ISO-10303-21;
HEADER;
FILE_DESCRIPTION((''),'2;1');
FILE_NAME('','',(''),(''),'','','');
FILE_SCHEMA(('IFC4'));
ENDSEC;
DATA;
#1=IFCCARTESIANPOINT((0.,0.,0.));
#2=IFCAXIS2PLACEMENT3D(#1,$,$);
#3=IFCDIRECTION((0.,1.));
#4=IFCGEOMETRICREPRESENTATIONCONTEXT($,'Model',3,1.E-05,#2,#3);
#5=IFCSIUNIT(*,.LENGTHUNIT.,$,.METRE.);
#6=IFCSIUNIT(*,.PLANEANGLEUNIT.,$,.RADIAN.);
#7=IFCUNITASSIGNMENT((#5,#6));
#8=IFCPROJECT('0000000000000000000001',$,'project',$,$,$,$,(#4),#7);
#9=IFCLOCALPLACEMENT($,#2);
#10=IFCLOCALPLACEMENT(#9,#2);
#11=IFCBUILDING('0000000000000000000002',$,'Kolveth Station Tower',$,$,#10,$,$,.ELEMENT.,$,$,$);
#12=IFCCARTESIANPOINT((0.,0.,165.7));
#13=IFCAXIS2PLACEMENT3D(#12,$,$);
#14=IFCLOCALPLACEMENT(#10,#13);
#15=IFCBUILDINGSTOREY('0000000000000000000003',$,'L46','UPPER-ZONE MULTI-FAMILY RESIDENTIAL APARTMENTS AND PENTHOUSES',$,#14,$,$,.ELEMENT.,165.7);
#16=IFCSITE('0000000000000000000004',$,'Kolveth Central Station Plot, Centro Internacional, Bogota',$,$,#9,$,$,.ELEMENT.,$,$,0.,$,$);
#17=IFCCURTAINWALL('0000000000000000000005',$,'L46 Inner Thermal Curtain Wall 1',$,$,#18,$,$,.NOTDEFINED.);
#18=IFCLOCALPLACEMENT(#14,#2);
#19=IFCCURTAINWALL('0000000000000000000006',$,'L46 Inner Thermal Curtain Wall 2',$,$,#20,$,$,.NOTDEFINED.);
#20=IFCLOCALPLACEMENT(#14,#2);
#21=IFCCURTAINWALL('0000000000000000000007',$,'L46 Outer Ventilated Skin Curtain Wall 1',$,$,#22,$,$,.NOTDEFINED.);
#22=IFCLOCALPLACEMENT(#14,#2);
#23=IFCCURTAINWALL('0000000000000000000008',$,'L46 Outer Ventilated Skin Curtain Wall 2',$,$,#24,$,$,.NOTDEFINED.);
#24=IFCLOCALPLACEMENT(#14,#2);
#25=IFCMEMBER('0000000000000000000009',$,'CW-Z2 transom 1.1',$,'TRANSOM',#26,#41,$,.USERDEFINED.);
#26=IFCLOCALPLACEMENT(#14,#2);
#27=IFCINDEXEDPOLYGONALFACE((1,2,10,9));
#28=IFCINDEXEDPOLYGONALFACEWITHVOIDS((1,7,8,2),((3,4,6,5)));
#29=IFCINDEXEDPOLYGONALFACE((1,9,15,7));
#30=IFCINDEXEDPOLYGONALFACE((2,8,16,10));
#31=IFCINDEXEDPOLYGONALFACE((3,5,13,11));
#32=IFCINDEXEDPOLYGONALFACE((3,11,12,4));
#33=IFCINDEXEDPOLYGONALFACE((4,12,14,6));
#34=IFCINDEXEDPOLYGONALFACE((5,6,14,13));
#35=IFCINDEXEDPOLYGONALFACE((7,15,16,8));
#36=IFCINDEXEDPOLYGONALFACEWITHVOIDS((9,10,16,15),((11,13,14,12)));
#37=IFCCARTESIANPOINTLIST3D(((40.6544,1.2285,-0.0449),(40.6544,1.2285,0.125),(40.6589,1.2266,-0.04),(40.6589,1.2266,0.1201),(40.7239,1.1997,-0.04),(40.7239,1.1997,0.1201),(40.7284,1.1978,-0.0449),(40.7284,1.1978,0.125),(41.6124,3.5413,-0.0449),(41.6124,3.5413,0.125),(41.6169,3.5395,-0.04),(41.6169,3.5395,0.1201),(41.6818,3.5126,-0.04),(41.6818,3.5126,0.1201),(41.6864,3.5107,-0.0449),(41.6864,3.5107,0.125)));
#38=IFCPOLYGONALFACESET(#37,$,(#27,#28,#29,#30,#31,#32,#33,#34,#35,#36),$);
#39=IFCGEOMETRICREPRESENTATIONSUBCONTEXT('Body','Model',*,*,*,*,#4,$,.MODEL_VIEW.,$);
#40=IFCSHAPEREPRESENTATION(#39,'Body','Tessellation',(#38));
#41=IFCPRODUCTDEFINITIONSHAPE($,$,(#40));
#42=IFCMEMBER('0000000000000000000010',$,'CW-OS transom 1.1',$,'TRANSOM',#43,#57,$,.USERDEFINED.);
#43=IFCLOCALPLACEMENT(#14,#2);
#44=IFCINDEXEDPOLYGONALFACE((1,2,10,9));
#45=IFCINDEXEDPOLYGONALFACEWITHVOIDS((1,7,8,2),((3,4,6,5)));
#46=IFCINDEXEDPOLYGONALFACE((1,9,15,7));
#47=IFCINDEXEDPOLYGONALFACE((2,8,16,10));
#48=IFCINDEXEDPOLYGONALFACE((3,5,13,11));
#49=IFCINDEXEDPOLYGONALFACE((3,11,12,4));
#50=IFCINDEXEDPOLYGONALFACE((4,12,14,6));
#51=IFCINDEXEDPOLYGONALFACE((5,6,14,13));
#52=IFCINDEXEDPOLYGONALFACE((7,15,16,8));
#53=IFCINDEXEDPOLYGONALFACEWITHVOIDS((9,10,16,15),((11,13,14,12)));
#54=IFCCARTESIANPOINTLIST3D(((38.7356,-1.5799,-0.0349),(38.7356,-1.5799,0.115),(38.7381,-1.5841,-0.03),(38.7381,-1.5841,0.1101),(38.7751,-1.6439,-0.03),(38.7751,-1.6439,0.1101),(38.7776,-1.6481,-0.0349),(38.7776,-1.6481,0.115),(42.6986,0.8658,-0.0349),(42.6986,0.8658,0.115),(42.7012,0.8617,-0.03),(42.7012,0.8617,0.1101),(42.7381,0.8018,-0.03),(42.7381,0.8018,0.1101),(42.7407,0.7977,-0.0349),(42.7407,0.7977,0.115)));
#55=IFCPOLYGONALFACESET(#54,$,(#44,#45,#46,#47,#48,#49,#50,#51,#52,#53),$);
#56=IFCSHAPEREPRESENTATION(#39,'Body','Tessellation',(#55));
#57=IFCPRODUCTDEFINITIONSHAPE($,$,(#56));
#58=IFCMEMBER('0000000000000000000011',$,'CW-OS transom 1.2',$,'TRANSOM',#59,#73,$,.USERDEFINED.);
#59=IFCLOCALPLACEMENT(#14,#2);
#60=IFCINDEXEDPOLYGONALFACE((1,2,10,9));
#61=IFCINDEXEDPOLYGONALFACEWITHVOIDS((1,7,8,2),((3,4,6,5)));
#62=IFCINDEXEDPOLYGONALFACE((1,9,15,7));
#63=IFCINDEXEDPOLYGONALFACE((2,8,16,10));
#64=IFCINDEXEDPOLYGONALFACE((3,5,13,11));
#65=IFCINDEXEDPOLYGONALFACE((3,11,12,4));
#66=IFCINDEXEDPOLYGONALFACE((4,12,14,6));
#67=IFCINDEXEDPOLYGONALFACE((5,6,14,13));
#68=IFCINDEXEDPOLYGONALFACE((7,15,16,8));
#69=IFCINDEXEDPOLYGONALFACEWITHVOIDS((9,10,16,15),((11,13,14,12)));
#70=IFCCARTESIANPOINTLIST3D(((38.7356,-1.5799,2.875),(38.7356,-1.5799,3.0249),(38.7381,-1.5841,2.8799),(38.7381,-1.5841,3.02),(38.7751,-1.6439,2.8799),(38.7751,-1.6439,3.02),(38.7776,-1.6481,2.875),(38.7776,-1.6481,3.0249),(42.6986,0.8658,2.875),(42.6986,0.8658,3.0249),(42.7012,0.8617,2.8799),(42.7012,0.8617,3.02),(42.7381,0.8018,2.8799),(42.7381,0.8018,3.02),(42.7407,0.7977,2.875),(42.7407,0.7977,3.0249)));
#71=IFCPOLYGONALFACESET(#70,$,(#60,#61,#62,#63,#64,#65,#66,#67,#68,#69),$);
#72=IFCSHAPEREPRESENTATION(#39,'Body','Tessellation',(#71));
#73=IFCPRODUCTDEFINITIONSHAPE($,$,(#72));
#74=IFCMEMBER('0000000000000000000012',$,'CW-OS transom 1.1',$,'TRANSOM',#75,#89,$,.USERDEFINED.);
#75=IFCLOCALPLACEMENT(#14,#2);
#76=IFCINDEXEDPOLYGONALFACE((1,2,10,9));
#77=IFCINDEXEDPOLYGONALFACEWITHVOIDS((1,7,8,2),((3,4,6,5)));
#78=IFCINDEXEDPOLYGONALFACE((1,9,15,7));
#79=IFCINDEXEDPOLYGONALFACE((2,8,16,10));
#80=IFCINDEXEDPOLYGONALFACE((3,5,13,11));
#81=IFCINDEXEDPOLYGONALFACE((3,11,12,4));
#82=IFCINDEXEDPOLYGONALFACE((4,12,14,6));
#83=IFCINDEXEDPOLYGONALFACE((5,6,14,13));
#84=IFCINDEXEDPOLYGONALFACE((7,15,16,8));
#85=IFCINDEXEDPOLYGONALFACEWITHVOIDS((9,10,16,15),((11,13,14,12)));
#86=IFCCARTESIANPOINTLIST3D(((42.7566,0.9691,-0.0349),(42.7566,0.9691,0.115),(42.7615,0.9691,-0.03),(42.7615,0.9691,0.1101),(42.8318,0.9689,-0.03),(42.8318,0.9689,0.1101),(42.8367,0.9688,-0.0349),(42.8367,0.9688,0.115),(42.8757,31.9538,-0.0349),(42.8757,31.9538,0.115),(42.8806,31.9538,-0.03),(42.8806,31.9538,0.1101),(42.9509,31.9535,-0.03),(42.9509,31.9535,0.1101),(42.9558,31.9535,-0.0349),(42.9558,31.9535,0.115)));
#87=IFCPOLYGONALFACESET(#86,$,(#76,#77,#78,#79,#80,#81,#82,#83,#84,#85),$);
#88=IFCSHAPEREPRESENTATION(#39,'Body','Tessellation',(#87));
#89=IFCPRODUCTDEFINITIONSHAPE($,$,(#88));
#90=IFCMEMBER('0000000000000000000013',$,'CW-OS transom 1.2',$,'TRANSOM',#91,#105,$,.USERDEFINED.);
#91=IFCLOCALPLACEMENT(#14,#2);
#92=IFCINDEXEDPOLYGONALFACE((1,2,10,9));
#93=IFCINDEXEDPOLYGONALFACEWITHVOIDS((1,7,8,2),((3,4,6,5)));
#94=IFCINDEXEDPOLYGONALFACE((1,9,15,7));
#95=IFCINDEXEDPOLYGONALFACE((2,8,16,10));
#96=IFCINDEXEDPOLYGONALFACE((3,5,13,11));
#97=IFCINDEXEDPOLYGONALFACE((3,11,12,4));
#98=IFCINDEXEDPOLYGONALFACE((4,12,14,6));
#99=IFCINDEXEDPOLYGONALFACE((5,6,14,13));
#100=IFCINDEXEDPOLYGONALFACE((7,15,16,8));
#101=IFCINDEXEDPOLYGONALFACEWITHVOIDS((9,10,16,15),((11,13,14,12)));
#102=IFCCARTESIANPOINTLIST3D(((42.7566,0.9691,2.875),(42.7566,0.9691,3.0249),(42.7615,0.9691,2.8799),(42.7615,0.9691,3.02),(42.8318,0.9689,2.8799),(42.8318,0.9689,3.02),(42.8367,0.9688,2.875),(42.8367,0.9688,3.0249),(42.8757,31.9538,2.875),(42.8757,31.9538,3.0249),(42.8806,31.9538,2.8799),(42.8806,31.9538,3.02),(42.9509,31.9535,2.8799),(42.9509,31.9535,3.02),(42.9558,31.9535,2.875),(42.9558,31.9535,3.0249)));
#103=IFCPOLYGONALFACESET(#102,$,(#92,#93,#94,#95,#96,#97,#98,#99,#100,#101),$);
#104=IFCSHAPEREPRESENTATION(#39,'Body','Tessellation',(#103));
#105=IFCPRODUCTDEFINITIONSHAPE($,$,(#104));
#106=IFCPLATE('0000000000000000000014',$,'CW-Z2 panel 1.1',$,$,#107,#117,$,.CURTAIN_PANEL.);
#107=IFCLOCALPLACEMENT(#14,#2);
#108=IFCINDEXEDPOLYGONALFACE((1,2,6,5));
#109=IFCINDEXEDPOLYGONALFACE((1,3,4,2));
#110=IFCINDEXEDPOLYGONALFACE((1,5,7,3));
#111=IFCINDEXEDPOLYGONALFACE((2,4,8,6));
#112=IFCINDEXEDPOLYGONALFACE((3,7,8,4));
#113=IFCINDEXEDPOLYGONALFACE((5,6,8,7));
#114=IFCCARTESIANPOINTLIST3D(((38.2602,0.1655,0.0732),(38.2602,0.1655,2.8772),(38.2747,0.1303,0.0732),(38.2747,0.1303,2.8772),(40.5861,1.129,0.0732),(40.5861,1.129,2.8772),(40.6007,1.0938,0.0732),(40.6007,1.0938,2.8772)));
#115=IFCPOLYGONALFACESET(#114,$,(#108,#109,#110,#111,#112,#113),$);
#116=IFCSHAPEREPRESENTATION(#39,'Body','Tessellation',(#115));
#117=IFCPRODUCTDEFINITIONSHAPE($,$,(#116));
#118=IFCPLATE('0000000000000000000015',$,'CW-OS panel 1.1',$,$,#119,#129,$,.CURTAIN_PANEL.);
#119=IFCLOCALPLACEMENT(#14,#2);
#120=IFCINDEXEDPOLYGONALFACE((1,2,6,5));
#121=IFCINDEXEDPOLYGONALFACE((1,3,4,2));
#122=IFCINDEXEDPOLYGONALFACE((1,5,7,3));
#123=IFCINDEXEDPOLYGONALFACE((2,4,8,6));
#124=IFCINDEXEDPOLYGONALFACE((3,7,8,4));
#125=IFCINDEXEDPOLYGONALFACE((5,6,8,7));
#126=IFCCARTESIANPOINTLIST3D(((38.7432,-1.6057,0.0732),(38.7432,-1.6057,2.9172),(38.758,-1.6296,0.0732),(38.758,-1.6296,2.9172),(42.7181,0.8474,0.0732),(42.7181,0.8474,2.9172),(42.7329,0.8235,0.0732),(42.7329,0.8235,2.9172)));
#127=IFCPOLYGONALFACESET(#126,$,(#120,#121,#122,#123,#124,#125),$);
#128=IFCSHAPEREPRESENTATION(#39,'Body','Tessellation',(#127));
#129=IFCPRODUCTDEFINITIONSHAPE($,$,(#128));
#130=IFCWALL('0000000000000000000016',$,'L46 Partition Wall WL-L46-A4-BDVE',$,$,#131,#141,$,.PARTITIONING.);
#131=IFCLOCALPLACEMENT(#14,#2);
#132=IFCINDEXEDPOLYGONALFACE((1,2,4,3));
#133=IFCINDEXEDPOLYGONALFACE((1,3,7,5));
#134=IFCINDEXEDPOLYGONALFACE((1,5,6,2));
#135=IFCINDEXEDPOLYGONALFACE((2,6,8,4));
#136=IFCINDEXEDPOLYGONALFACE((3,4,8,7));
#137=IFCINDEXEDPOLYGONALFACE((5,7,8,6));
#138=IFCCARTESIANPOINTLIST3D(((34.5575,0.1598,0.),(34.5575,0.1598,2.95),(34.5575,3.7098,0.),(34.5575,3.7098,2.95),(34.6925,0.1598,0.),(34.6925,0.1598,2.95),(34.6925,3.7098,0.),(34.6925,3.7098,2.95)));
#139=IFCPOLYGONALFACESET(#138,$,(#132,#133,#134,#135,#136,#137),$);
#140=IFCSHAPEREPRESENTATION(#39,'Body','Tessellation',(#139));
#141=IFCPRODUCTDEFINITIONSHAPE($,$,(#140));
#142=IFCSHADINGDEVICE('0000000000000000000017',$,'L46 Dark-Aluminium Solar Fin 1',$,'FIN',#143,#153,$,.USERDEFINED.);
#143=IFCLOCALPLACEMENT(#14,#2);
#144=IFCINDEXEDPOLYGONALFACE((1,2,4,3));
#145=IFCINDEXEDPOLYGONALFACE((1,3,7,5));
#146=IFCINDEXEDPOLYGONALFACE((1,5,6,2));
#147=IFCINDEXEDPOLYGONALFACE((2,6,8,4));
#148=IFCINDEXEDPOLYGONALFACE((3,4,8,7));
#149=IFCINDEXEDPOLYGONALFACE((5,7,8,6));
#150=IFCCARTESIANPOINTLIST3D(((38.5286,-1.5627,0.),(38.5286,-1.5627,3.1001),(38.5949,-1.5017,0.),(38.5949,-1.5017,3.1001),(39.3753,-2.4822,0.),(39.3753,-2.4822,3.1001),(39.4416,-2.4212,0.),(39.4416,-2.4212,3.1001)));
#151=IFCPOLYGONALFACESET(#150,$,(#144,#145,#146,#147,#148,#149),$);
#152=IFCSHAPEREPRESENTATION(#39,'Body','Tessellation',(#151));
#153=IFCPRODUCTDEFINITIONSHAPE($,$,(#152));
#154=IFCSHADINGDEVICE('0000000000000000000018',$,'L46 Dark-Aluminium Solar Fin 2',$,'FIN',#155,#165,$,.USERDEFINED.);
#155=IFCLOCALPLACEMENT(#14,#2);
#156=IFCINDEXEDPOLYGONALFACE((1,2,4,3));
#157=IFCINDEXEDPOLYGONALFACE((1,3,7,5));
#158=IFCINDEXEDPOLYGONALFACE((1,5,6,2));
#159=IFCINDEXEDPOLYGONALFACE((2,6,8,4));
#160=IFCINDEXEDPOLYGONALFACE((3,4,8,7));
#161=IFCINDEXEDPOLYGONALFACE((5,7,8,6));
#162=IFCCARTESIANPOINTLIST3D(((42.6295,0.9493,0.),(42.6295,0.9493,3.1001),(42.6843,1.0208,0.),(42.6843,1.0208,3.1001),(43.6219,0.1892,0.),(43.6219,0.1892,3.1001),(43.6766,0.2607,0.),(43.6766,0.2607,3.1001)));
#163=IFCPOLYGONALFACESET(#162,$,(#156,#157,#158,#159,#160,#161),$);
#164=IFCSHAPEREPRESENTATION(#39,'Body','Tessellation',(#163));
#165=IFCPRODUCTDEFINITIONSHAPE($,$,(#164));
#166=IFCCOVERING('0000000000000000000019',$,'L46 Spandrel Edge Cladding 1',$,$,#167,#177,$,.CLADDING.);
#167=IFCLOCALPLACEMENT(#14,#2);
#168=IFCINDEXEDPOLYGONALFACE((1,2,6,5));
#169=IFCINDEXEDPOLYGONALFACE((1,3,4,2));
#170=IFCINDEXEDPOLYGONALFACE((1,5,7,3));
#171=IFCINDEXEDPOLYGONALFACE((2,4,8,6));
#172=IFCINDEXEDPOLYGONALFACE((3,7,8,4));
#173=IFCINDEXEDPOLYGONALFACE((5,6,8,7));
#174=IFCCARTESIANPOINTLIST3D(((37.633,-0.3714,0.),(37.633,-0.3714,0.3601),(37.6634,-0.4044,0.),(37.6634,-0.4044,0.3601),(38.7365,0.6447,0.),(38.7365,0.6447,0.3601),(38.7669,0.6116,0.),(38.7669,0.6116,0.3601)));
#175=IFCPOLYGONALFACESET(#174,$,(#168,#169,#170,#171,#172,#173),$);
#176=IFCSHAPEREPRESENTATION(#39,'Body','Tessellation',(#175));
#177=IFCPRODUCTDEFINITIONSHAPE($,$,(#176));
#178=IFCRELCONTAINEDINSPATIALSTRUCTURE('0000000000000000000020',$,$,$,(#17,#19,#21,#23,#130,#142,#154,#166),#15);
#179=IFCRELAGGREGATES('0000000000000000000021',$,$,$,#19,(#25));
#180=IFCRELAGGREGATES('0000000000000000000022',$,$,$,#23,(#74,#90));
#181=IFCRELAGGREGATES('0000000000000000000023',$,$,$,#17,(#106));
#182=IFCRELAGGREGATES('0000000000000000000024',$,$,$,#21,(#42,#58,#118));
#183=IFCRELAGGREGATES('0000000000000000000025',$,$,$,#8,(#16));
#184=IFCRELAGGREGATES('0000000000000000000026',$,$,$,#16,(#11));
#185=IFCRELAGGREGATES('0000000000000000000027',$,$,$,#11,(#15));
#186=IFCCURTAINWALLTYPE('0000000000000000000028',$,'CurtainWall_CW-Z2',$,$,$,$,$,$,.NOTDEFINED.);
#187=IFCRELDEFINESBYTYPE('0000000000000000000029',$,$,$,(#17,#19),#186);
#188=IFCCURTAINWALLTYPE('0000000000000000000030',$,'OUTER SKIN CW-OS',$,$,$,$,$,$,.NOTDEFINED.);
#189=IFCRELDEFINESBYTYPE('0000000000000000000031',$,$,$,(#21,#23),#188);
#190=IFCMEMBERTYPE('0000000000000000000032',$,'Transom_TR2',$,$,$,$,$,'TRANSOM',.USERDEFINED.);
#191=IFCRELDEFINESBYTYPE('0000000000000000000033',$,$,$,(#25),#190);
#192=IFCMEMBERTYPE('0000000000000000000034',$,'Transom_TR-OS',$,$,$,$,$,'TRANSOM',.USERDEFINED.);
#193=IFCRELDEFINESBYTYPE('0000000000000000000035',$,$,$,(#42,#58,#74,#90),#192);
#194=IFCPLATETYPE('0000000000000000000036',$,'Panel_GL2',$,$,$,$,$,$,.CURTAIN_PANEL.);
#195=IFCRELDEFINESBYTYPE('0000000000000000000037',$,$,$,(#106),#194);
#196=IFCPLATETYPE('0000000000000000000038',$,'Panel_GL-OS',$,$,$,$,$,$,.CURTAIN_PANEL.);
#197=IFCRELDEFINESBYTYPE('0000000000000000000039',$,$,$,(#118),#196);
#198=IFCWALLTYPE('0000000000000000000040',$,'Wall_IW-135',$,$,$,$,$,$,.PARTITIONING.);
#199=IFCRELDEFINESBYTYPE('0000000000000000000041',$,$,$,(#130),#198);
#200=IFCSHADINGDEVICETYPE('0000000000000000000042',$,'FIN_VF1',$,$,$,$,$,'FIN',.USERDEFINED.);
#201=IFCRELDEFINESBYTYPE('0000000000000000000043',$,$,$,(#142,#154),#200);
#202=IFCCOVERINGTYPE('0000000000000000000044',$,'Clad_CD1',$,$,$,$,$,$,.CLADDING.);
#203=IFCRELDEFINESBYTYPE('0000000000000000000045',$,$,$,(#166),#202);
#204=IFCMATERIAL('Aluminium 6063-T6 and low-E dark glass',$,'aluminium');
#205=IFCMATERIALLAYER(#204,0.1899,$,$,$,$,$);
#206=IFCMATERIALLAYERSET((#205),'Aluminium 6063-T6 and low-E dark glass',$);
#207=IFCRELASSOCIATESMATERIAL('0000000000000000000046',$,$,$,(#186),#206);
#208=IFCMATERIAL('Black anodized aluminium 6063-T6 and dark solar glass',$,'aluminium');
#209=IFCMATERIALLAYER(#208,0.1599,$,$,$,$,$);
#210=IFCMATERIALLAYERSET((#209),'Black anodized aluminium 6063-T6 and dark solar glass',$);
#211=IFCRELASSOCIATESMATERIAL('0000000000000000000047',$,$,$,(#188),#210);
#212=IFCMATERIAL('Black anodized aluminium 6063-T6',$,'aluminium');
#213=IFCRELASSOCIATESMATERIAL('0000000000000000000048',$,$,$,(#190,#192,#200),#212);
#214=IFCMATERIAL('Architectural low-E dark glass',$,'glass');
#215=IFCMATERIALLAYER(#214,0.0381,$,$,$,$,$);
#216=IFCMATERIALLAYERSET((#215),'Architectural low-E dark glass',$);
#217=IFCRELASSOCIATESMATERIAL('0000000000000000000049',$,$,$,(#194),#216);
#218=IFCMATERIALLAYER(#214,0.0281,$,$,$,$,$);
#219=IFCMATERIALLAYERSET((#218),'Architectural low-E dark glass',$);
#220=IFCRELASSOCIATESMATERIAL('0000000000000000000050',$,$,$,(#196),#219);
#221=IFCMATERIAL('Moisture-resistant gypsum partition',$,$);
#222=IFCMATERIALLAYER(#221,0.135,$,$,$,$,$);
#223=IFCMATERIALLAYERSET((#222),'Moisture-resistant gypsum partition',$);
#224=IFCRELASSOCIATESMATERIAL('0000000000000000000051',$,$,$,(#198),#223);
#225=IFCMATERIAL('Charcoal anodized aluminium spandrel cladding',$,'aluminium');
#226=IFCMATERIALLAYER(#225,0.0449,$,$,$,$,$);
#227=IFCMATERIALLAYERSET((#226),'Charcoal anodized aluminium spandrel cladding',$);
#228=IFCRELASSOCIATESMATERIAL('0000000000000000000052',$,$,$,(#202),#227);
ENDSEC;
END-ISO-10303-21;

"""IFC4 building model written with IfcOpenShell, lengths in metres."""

from ifc_helpers import new_model, si_unit, direction, frame, frame_2d, origin, origin_2d, place, context, subcontext, project, spatial, rectangle, hollow_rectangle, extrude, source, transform, mapped, material, layer, layer_set, material_profile, profile_set, type_object, element, aggregate, save


model = new_model("IFC4")

# Units and contexts
model_context = context("Model", 3, precision=1e-05, world=origin(), true_north=direction((0.0, 1.0)))
body_context = subcontext(model_context, "Body", "Model", "MODEL_VIEW")
ifc_project = project(units=[si_unit("LENGTHUNIT", "METRE"), si_unit("PLANEANGLEUNIT", "RADIAN")], contexts=[model_context])

# Site, building, storey
site_placement = place(None, origin())
site = spatial("IfcSite", under=ifc_project, at=site_placement, Name="Kolveth Central Station Plot, Centro Internacional, Bogota", CompositionType="ELEMENT", RefElevation=0.0)
building_placement = place(site_placement, origin())
building = spatial("IfcBuilding", under=site, at=building_placement, Name="Kolveth Station Tower", CompositionType="ELEMENT")
storey_placement = place(building_placement, frame((0.0, 0.0, 165.7)))
storey = spatial("IfcBuildingStorey", under=building, at=storey_placement, Name="L46", Description="UPPER-ZONE MULTI-FAMILY RESIDENTIAL APARTMENTS AND PENTHOUSES", CompositionType="ELEMENT", Elevation=165.7)

# Curtain wall
ifc_material_1 = material(Name="Aluminium 6063-T6 and low-E dark glass", Category="aluminium")
ifc_layer_1 = layer(ifc_material_1, 0.1899)
ifc_layer_set_1 = layer_set([ifc_layer_1], Name="Aluminium 6063-T6 and low-E dark glass")
curtain_wall_type_1 = type_object("IfcCurtainWallType", Name="CurtainWall_CW-Z2", PredefinedType="NOTDEFINED", material=ifc_layer_set_1)
curtain_wall_1_placement = place(storey_placement, origin())
curtain_wall_1 = element("IfcCurtainWall", 1, at=curtain_wall_1_placement, inside=storey, type_object=curtain_wall_type_1, Name="L46 Inner Thermal Curtain Wall 1", PredefinedType="NOTDEFINED")
ifc_material_2 = material(Name="Black anodized aluminium 6063-T6", Category="aluminium")

# Curtain wall
curtain_wall_2_placement = place(storey_placement, origin())
curtain_wall_2 = element("IfcCurtainWall", 2, at=curtain_wall_2_placement, inside=storey, type_object=curtain_wall_type_1, Name="L46 Inner Thermal Curtain Wall 2", PredefinedType="NOTDEFINED")

# Curtain wall
ifc_material_3 = material(Name="Black anodized aluminium 6063-T6 and dark solar glass", Category="aluminium")
ifc_layer_2 = layer(ifc_material_3, 0.1599)
ifc_layer_set_2 = layer_set([ifc_layer_2], Name="Black anodized aluminium 6063-T6 and dark solar glass")
curtain_wall_type_2 = type_object("IfcCurtainWallType", Name="OUTER SKIN CW-OS", PredefinedType="NOTDEFINED", material=ifc_layer_set_2)
curtain_wall_3_placement = place(storey_placement, origin())
curtain_wall_3 = element("IfcCurtainWall", 3, at=curtain_wall_3_placement, inside=storey, type_object=curtain_wall_type_2, Name="L46 Outer Ventilated Skin Curtain Wall 1", PredefinedType="NOTDEFINED")

# Curtain wall
curtain_wall_4_placement = place(storey_placement, origin())
curtain_wall_4 = element("IfcCurtainWall", 4, at=curtain_wall_4_placement, inside=storey, type_object=curtain_wall_type_2, Name="L46 Outer Ventilated Skin Curtain Wall 2", PredefinedType="NOTDEFINED")

# Members
ifc_material_profile_1 = material_profile(ifc_material_2, hollow_rectangle(XDim=0.0801, YDim=0.1699, WallThickness=0.0049, at=origin_2d()), Name="ALU-80x170x5")
ifc_profile_set_1 = profile_set([ifc_material_profile_1], Name="Black anodized aluminium 6063-T6")
member_type_1 = type_object("IfcMemberType", Name="Transom_TR2", ElementType="TRANSOM", PredefinedType="USERDEFINED", material=ifc_profile_set_1)
shared_shape_1 = source(origin(), body_context, "Body", "SweptSolid", [
    extrude(hollow_rectangle(XDim=0.0801, YDim=0.1699, WallThickness=0.0049, at=origin_2d()), origin(), (0.0, 0.0, 1.0), 2.5034),
])
member_1_placement = place(storey_placement, frame((40.6914, 1.2131, 0.04), z_axis=(0.382662, 0.923888, 0.0), x_axis=(-0.923888, 0.382662, 0.0)))
member_1 = element("IfcMember", 5, at=member_1_placement, type_object=member_type_1, Name="CW-Z2 transom 1.1", ObjectType="TRANSOM", PredefinedType="USERDEFINED", context=body_context, shape_type="MappedRepresentation", body=[
    mapped(shared_shape_1, transform((0.0, 0.0, 0.0), x_axis=(1.0, 0.0, 0.0), y_axis=(0.0, 1.0, 0.0), z_axis=(0.0, 0.0, 1.0), scale=1.0)),
])
aggregate(curtain_wall_2, [member_1])
ifc_material_profile_2 = material_profile(ifc_material_2, hollow_rectangle(XDim=0.0801, YDim=0.1499, WallThickness=0.0049, at=origin_2d()), Name="ALU-80x150x5")
ifc_profile_set_2 = profile_set([ifc_material_profile_2], Name="Black anodized aluminium 6063-T6")
member_type_2 = type_object("IfcMemberType", Name="Transom_TR-OS", ElementType="TRANSOM", PredefinedType="USERDEFINED", material=ifc_profile_set_2)
shared_shape_2 = source(origin(), body_context, "Body", "SweptSolid", [
    extrude(hollow_rectangle(XDim=0.0801, YDim=0.1499, WallThickness=0.0049, at=origin_2d()), origin(), (0.0, 0.0, 1.0), 4.657),
])
member_2_placement = place(storey_placement, frame((38.7566, -1.614, 0.04), z_axis=(0.850992, 0.525179, 0.0), x_axis=(-0.525179, 0.850992, 0.0)))
member_2 = element("IfcMember", 6, at=member_2_placement, type_object=member_type_2, Name="CW-OS transom 1.1", ObjectType="TRANSOM", PredefinedType="USERDEFINED", context=body_context, shape_type="MappedRepresentation", body=[
    mapped(shared_shape_2, transform((0.0, 0.0, 0.0), x_axis=(1.0, 0.0, 0.0), y_axis=(0.0, 1.0, 0.0), z_axis=(0.0, 0.0, 1.0), scale=1.0)),
])
member_3_placement = place(storey_placement, frame((38.7566, -1.614, 2.95), z_axis=(0.850992, 0.525179, 0.0), x_axis=(-0.525179, 0.850992, 0.0)))
member_3 = element("IfcMember", 7, at=member_3_placement, type_object=member_type_2, Name="CW-OS transom 1.2", ObjectType="TRANSOM", PredefinedType="USERDEFINED", context=body_context, shape_type="MappedRepresentation", body=[
    mapped(shared_shape_2, transform((0.0, 0.0, 0.0), x_axis=(1.0, 0.0, 0.0), y_axis=(0.0, 1.0, 0.0), z_axis=(0.0, 0.0, 1.0), scale=1.0)),
])
shared_shape_3 = source(origin(), body_context, "Body", "SweptSolid", [
    extrude(hollow_rectangle(XDim=0.0801, YDim=0.1499, WallThickness=0.0049, at=origin_2d()), origin(), (0.0, 0.0, 1.0), 30.9849),
])
member_4_placement = place(storey_placement, frame((42.7966, 0.969, 0.04), z_axis=(0.003845, 0.999993, 0.0), x_axis=(-0.999993, 0.003845, 0.0)))
member_4 = element("IfcMember", 8, at=member_4_placement, type_object=member_type_2, Name="CW-OS transom 1.1", ObjectType="TRANSOM", PredefinedType="USERDEFINED", context=body_context, shape_type="MappedRepresentation", body=[
    mapped(shared_shape_3, transform((0.0, 0.0, 0.0), x_axis=(1.0, 0.0, 0.0), y_axis=(0.0, 1.0, 0.0), z_axis=(0.0, 0.0, 1.0), scale=1.0)),
])
member_5_placement = place(storey_placement, frame((42.7966, 0.969, 2.95), z_axis=(0.003845, 0.999993, 0.0), x_axis=(-0.999993, 0.003845, 0.0)))
member_5 = element("IfcMember", 9, at=member_5_placement, type_object=member_type_2, Name="CW-OS transom 1.2", ObjectType="TRANSOM", PredefinedType="USERDEFINED", context=body_context, shape_type="MappedRepresentation", body=[
    mapped(shared_shape_3, transform((0.0, 0.0, 0.0), x_axis=(1.0, 0.0, 0.0), y_axis=(0.0, 1.0, 0.0), z_axis=(0.0, 0.0, 1.0), scale=1.0)),
])
aggregate(curtain_wall_4, [member_4, member_5])

# Plates
ifc_material_4 = material(Name="Architectural low-E dark glass", Category="glass")
ifc_layer_3 = layer(ifc_material_4, 0.0381)
ifc_layer_set_3 = layer_set([ifc_layer_3], Name="Architectural low-E dark glass")
plate_type_1 = type_object("IfcPlateType", Name="Panel_GL2", PredefinedType="CURTAIN_PANEL", material=ifc_layer_set_3)
shared_shape_4 = source(origin(), body_context, "Body", "SweptSolid", [
    extrude(rectangle(XDim=2.5176, YDim=0.0381, at=origin_2d()), origin(), (0.0, 0.0, 1.0), 2.804),
])
plate_1_placement = place(storey_placement, frame((39.4304, 0.6296, 0.0732), z_axis=(0.0, 0.0, 1.0), x_axis=(0.923874, 0.382698, 0.0)))
plate_1 = element("IfcPlate", 10, at=plate_1_placement, type_object=plate_type_1, Name="CW-Z2 panel 1.1", PredefinedType="CURTAIN_PANEL", context=body_context, shape_type="MappedRepresentation", body=[
    mapped(shared_shape_4, transform((0.0, 0.0, 0.0), x_axis=(1.0, 0.0, 0.0), y_axis=(0.0, 1.0, 0.0), z_axis=(0.0, 0.0, 1.0), scale=1.0)),
])
aggregate(curtain_wall_1, [plate_1])
ifc_layer_4 = layer(ifc_material_4, 0.0281)
ifc_layer_set_4 = layer_set([ifc_layer_4], Name="Architectural low-E dark glass")
plate_type_2 = type_object("IfcPlateType", Name="Panel_GL-OS", PredefinedType="CURTAIN_PANEL", material=ifc_layer_set_4)
shared_shape_5 = source(origin(), body_context, "Body", "SweptSolid", [
    extrude(rectangle(XDim=4.6709, YDim=0.0281, at=origin_2d()), origin(), (0.0, 0.0, 1.0), 2.844),
])
plate_2_placement = place(storey_placement, frame((40.738, -0.3911, 0.0732), z_axis=(0.0, 0.0, 1.0), x_axis=(0.850994, 0.525176, 0.0)))
plate_2 = element("IfcPlate", 11, at=plate_2_placement, type_object=plate_type_2, Name="CW-OS panel 1.1", PredefinedType="CURTAIN_PANEL", context=body_context, shape_type="MappedRepresentation", body=[
    mapped(shared_shape_5, transform((0.0, 0.0, 0.0), x_axis=(1.0, 0.0, 0.0), y_axis=(0.0, 1.0, 0.0), z_axis=(0.0, 0.0, 1.0), scale=1.0)),
])
aggregate(curtain_wall_3, [member_2, member_3, plate_2])

# Wall
ifc_material_5 = material(Name="Moisture-resistant gypsum partition")
ifc_layer_5 = layer(ifc_material_5, 0.135)
ifc_layer_set_5 = layer_set([ifc_layer_5], Name="Moisture-resistant gypsum partition")
wall_type = type_object("IfcWallType", Name="Wall_IW-135", PredefinedType="PARTITIONING", material=ifc_layer_set_5)
wall_placement = place(storey_placement, frame((34.625, 0.1599, 0.0), z_axis=(0.0, 0.0, 1.0), x_axis=(0.0, 1.0, 0.0)))
element("IfcWall", 12, at=wall_placement, inside=storey, type_object=wall_type, Name="L46 Partition Wall WL-L46-A4-BDVE", PredefinedType="PARTITIONING", context=body_context, shape_type="SweptSolid", body=[
    extrude(rectangle(XDim=3.55, YDim=0.135, at=frame_2d((1.7749, 0.0))), origin(), (0.0, 0.0, 1.0), 2.95),
])

# Shading devices
shading_device_type = type_object("IfcShadingDeviceType", Name="FIN_VF1", ElementType="FIN", PredefinedType="USERDEFINED", material=ifc_material_2)
shared_shape_6 = source(origin(), body_context, "Body", "SweptSolid", [
    extrude(rectangle(XDim=1.25, YDim=0.0901, at=origin_2d()), origin(), (0.0, 0.0, 1.0), 3.1001),
])
for number, where, z_axis, x_axis, name in (
    (13, (38.9851, -1.9919, 0.0), (0.0, 0.0, 1.0), (0.67739, -0.735624, 0.0), "L46 Dark-Aluminium Solar Fin 1"),
    (14, (43.1531, 0.605, 0.0), (0.0, 0.0, 1.0), (0.793884, -0.608069, 0.0), "L46 Dark-Aluminium Solar Fin 2"),
):
    element("IfcShadingDevice", number, at=place(storey_placement, frame(where, z_axis=z_axis, x_axis=x_axis)), inside=storey, type_object=shading_device_type, Name=name, ObjectType="FIN", PredefinedType="USERDEFINED", context=body_context, shape_type="MappedRepresentation", body=[
        mapped(shared_shape_6, transform((0.0, 0.0, 0.0), x_axis=(1.0, 0.0, 0.0), y_axis=(0.0, 1.0, 0.0), z_axis=(0.0, 0.0, 1.0), scale=1.0)),
    ])

# Covering
ifc_material_6 = material(Name="Charcoal anodized aluminium spandrel cladding", Category="aluminium")
ifc_layer_6 = layer(ifc_material_6, 0.0449)
ifc_layer_set_6 = layer_set([ifc_layer_6], Name="Charcoal anodized aluminium spandrel cladding")
covering_type = type_object("IfcCoveringType", Name="Clad_CD1", PredefinedType="CLADDING", material=ifc_layer_set_6)
shared_shape_7 = source(origin(), body_context, "Body", "SweptSolid", [
    extrude(rectangle(XDim=1.5, YDim=0.0449, at=origin_2d()), origin(), (0.0, 0.0, 1.0), 0.3601),
])
covering_placement = place(storey_placement, frame((38.2, 0.1201, 0.0), z_axis=(0.0, 0.0, 1.0), x_axis=(0.735624, 0.67739, 0.0)))
element("IfcCovering", 15, at=covering_placement, inside=storey, type_object=covering_type, Name="L46 Spandrel Edge Cladding 1", PredefinedType="CLADDING", context=body_context, shape_type="MappedRepresentation", body=[
    mapped(shared_shape_7, transform((0.0, 0.0, 0.0), x_axis=(1.0, 0.0, 0.0), y_axis=(0.0, 1.0, 0.0), z_axis=(0.0, 0.0, 1.0), scale=1.0)),
])

save(model, "model.ifc")
